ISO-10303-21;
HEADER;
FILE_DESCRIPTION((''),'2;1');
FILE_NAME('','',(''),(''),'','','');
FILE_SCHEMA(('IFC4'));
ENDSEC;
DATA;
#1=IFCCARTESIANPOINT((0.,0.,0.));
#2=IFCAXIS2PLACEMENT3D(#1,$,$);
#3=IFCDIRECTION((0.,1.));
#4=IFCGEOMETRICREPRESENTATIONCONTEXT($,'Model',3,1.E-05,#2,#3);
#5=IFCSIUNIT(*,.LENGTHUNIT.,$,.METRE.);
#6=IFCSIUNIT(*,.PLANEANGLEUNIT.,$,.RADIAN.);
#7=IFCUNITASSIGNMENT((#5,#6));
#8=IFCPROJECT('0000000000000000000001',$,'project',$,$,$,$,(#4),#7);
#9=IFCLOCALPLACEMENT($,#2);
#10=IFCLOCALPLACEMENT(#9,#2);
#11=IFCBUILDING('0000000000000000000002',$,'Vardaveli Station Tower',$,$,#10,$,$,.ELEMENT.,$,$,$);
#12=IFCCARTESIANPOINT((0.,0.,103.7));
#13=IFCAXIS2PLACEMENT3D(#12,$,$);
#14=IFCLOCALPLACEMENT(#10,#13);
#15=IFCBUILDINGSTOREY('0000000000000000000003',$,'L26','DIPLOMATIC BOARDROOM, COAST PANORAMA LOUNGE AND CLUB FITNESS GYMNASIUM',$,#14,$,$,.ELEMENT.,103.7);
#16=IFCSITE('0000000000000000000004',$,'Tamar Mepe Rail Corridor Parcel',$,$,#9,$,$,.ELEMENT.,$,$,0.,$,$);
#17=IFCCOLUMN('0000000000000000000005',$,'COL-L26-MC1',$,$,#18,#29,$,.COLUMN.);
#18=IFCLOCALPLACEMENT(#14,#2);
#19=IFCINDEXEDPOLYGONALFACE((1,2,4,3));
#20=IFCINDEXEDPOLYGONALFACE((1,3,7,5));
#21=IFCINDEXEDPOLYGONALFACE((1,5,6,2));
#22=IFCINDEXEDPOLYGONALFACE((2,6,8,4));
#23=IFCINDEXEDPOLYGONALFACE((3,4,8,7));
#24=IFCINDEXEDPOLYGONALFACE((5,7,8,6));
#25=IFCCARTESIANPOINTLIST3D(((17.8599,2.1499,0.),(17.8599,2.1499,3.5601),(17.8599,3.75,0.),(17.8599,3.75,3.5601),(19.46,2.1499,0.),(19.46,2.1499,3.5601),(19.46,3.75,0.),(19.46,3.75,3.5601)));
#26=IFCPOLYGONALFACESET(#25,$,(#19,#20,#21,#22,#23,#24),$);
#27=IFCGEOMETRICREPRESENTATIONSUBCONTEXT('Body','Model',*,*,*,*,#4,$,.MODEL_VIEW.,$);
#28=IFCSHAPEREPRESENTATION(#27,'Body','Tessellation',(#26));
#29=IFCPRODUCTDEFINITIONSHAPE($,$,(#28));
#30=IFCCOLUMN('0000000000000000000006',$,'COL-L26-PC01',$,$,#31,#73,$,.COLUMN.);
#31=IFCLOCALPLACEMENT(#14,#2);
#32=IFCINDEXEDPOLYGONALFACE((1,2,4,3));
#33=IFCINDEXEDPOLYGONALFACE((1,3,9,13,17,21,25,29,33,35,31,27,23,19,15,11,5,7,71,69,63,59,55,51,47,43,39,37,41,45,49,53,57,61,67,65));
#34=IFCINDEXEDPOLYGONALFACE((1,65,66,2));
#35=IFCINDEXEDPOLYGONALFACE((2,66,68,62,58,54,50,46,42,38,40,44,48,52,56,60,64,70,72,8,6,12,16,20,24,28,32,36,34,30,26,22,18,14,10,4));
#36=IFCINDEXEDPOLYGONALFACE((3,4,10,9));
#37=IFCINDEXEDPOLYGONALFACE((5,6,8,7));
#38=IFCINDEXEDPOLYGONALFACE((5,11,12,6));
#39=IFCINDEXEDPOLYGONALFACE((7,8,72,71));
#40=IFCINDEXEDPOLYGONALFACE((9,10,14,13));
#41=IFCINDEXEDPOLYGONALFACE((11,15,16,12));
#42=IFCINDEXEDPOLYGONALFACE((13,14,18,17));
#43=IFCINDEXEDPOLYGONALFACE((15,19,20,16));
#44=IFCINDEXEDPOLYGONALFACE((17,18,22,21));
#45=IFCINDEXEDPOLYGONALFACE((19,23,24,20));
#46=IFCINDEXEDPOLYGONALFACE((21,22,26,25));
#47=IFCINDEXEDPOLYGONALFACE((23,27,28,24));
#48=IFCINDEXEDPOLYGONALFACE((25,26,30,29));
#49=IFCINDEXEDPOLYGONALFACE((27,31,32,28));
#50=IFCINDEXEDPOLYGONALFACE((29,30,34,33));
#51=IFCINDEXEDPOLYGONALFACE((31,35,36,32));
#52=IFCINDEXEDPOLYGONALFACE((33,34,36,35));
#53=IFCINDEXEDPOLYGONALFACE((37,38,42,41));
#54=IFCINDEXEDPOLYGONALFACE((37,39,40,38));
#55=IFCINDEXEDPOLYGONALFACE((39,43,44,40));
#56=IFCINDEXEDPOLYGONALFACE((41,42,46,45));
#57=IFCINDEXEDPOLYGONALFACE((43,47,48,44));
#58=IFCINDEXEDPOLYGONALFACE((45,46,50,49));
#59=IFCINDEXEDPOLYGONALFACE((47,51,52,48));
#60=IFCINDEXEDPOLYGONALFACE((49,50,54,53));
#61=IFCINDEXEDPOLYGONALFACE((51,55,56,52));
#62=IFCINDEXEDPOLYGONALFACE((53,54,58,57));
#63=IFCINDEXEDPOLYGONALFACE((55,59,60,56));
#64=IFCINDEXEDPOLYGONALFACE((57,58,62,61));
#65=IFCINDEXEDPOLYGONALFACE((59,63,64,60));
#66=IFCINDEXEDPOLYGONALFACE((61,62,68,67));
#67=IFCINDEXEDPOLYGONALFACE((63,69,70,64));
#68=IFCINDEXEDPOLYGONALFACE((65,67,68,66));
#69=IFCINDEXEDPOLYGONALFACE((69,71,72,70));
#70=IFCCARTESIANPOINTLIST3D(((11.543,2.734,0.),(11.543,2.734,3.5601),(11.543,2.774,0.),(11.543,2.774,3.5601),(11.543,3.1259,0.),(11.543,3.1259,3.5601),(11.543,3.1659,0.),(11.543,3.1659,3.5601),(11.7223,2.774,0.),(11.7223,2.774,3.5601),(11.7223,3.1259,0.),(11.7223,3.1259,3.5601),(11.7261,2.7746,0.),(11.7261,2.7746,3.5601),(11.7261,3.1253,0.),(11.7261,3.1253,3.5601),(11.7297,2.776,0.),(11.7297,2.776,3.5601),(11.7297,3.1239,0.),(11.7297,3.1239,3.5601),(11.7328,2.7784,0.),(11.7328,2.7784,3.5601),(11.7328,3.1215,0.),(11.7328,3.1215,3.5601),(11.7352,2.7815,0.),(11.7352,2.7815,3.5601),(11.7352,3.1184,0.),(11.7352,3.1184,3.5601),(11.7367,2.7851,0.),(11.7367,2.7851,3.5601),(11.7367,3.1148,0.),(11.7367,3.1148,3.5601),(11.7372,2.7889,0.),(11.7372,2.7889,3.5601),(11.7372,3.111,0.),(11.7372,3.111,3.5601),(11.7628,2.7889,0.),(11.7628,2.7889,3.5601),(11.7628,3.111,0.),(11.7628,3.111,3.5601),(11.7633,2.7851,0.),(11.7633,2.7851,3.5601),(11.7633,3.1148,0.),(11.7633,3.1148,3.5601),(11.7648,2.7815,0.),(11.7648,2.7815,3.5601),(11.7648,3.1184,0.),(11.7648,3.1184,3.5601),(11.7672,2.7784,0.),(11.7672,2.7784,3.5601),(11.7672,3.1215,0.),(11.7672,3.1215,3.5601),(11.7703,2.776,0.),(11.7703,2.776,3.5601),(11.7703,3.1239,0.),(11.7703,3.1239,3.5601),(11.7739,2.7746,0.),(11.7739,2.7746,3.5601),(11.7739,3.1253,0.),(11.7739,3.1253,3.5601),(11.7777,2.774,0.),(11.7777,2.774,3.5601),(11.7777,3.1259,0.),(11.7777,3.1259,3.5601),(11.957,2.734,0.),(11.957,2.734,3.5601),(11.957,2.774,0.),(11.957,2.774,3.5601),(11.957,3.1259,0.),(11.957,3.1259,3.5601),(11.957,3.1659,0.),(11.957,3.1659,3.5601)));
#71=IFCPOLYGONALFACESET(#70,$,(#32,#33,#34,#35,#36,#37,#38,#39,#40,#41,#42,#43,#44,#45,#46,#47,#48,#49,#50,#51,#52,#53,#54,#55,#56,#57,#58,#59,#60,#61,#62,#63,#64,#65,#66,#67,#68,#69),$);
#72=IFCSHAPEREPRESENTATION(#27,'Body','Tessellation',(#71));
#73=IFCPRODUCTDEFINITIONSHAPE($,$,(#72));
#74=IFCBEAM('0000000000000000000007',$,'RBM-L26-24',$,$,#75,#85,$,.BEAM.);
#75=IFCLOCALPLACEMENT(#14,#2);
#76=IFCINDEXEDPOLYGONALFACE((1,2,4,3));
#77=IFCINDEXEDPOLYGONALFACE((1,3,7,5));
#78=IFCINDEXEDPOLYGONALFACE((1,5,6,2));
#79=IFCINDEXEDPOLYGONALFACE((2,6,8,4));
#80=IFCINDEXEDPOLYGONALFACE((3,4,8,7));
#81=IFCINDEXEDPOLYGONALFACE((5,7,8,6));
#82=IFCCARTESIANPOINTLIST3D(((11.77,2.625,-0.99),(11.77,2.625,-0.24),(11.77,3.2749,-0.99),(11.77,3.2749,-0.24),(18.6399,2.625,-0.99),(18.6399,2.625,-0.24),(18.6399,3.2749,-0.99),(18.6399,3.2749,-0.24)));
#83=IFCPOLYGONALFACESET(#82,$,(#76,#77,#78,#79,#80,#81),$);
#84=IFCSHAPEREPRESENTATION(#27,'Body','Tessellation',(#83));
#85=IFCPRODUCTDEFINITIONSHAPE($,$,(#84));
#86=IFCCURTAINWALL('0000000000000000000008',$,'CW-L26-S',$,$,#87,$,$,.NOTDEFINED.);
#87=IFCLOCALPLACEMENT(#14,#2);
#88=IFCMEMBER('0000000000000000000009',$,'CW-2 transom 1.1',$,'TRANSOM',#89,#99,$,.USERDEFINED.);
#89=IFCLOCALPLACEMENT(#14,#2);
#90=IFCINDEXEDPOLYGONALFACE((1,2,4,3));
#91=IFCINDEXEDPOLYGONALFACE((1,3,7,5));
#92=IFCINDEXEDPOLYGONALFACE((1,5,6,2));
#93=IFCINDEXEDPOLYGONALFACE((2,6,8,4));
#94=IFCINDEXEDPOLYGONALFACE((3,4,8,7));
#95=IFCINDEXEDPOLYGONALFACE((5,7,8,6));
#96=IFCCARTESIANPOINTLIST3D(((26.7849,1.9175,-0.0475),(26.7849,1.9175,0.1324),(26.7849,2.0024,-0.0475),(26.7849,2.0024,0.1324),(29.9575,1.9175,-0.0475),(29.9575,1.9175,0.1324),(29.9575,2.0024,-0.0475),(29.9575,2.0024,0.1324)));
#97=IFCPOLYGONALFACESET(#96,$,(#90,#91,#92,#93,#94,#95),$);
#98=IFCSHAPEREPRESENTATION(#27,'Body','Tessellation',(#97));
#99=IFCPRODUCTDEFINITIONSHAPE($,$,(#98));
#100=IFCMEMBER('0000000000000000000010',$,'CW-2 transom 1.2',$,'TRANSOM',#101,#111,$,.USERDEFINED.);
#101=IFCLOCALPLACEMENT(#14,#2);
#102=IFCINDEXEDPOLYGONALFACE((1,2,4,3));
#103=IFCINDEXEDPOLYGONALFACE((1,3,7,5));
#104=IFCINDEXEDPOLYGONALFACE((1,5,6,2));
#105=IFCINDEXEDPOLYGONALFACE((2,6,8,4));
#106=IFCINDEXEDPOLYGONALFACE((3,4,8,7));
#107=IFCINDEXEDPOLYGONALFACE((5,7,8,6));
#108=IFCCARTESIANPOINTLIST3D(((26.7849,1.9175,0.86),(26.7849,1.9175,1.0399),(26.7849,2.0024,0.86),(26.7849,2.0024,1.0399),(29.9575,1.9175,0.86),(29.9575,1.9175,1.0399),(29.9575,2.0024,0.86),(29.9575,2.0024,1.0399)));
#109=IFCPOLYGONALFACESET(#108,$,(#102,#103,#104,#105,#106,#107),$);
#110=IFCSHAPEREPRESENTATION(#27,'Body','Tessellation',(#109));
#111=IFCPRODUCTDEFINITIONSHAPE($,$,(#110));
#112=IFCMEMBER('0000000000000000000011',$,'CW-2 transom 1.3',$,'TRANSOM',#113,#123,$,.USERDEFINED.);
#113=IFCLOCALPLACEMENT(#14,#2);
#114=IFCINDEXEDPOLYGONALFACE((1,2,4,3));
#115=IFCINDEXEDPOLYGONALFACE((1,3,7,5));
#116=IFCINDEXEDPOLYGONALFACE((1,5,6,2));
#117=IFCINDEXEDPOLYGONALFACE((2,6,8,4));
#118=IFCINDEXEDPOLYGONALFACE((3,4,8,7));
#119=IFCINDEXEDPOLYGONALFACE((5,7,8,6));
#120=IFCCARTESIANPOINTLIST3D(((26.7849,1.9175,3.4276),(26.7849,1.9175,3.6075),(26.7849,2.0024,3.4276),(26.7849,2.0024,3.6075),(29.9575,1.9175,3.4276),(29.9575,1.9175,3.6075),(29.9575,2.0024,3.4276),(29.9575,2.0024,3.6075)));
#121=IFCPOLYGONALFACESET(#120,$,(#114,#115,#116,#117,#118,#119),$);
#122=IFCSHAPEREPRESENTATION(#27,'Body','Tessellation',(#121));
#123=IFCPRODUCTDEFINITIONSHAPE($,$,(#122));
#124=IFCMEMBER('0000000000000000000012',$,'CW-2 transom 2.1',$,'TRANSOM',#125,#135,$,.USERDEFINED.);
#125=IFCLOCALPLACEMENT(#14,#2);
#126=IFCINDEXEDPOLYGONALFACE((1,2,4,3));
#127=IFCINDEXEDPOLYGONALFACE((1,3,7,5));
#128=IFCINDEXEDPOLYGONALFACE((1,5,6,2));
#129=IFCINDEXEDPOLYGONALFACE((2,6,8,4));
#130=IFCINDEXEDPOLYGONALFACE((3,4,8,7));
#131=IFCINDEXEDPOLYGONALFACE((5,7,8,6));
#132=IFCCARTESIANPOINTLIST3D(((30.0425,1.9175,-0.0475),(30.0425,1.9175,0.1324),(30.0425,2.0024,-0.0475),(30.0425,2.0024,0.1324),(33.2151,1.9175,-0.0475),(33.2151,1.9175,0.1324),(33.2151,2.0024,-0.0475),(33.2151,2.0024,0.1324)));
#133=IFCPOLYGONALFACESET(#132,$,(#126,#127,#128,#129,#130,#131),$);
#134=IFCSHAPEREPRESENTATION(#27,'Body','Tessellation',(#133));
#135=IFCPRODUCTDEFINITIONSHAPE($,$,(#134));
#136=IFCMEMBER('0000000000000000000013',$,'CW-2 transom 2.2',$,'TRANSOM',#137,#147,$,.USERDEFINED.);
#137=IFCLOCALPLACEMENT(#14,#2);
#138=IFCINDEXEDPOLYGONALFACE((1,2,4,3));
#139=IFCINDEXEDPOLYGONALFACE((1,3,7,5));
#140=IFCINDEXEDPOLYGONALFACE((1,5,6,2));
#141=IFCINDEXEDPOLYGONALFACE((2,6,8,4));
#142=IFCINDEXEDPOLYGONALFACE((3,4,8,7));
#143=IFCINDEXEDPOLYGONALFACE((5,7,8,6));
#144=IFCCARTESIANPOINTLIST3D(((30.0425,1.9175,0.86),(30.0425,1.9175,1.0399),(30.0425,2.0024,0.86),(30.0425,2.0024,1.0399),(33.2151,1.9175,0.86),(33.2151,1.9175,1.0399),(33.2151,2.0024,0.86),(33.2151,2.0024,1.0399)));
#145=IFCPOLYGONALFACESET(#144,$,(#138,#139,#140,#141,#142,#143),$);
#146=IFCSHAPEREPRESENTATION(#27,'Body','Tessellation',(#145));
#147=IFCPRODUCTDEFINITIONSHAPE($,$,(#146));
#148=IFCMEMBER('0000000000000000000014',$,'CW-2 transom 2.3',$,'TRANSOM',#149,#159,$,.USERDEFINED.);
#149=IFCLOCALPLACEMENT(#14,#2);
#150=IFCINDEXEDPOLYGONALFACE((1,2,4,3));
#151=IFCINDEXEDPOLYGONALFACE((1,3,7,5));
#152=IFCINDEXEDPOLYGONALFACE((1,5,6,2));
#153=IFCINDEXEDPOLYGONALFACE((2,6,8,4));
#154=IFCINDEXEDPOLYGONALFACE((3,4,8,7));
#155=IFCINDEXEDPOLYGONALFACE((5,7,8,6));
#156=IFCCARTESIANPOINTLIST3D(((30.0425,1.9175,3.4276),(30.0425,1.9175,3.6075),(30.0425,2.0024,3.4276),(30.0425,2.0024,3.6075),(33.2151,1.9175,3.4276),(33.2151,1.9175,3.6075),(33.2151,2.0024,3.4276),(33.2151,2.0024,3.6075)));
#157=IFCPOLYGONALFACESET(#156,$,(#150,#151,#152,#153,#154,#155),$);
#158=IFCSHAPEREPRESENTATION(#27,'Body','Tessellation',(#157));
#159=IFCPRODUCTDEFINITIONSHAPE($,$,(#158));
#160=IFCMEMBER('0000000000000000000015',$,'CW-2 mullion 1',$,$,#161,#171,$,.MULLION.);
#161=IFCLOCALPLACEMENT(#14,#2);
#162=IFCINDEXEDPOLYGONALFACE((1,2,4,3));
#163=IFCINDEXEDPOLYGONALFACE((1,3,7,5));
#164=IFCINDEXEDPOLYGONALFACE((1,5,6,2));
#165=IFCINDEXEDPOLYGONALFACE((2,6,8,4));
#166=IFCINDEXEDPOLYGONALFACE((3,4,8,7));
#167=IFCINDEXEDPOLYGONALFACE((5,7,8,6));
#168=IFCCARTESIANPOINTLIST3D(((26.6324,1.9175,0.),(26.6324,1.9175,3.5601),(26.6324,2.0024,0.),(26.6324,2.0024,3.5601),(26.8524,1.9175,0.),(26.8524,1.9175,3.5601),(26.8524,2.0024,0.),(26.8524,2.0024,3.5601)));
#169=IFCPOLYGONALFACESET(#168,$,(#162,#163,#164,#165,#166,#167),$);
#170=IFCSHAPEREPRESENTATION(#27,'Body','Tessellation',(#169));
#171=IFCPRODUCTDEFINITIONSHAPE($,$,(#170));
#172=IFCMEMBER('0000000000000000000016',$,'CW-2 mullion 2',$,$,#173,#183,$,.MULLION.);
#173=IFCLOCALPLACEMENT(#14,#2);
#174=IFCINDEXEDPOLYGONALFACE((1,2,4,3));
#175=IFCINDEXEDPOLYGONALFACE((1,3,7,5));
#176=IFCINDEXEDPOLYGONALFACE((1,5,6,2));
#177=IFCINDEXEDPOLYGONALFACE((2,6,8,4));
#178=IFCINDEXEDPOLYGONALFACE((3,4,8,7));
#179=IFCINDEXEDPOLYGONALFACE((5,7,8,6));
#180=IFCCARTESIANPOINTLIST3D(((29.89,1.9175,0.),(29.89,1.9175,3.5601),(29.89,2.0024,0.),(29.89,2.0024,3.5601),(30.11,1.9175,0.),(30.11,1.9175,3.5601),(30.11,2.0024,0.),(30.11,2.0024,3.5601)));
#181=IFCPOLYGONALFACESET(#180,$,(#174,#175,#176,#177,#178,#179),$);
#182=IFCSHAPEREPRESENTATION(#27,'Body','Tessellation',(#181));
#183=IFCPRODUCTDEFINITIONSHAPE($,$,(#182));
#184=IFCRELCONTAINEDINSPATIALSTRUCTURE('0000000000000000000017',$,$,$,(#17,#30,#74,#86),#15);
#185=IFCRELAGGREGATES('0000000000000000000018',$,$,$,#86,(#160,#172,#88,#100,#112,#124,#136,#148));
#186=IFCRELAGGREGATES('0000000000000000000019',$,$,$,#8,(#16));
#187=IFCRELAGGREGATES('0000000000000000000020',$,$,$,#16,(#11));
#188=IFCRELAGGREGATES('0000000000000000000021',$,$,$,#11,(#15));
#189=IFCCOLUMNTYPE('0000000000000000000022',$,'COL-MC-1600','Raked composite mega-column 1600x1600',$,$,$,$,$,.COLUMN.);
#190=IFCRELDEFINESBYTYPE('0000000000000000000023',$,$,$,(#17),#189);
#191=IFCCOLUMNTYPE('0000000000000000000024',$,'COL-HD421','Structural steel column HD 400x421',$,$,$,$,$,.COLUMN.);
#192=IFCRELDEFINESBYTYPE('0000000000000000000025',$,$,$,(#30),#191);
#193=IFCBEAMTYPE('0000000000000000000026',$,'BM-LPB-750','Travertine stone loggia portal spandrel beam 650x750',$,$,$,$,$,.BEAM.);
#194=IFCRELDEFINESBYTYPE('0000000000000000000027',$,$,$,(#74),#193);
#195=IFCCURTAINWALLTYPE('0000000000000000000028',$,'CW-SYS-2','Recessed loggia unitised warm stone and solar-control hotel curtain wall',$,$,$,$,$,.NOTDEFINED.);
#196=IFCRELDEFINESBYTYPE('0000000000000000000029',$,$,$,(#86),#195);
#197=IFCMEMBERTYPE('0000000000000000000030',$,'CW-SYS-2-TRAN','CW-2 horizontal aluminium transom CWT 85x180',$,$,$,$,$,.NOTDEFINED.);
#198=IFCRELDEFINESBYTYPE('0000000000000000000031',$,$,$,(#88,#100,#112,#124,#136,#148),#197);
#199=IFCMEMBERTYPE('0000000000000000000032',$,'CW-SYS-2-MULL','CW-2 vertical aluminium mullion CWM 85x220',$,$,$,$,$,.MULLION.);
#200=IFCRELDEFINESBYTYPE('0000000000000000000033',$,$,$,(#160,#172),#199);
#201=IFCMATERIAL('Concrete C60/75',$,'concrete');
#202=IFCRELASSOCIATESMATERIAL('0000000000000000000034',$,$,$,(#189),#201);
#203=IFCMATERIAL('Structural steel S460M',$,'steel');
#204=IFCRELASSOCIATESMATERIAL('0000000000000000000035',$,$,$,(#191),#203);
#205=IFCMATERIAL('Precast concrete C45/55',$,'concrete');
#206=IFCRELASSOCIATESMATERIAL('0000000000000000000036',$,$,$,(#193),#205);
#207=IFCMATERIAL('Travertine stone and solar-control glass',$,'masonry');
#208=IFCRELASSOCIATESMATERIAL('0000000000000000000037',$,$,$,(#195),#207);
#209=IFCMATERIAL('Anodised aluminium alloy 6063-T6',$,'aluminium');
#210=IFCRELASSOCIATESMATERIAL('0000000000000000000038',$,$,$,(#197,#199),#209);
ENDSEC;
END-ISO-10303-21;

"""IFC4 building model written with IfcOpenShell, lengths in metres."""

from ifc_helpers import new_model, si_unit, direction, frame, origin, origin_2d, place, context, subcontext, project, spatial, rectangle, i_section, extrude, source, transform, mapped, material, material_profile, profile_set, type_object, element, aggregate, save


model = new_model("IFC4")

# Units and contexts
model_context = context("Model", 3, precision=1e-05, world=origin(), true_north=direction((0.0, 1.0)))
body_context = subcontext(model_context, "Body", "Model", "MODEL_VIEW")
ifc_project = project(units=[si_unit("LENGTHUNIT", "METRE"), si_unit("PLANEANGLEUNIT", "RADIAN")], contexts=[model_context])

# Site, building, storey
site_placement = place(None, origin())
site = spatial("IfcSite", under=ifc_project, at=site_placement, Name="Tamar Mepe Rail Corridor Parcel", CompositionType="ELEMENT", RefElevation=0.0)
building_placement = place(site_placement, origin())
building = spatial("IfcBuilding", under=site, at=building_placement, Name="Vardaveli Station Tower", CompositionType="ELEMENT")
storey_placement = place(building_placement, frame((0.0, 0.0, 103.7)))
storey = spatial("IfcBuildingStorey", under=building, at=storey_placement, Name="L26", Description="DIPLOMATIC BOARDROOM, COAST PANORAMA LOUNGE AND CLUB FITNESS GYMNASIUM", CompositionType="ELEMENT", Elevation=103.7)

# Columns
ifc_material_1 = material(Name="Concrete C60/75", Category="concrete")
ifc_material_profile_1 = material_profile(ifc_material_1, rectangle(XDim=1.6001, YDim=1.6001, at=origin_2d()), Name="MC 1600x1600")
ifc_profile_set_1 = profile_set([ifc_material_profile_1], Name="Concrete C60/75")
column_type_1 = type_object("IfcColumnType", Name="COL-MC-1600", Description="Raked composite mega-column 1600x1600", PredefinedType="COLUMN", material=ifc_profile_set_1)
shared_shape_1 = source(origin(), body_context, "Body", "SweptSolid", [
    extrude(rectangle(XDim=1.6001, YDim=1.6001, at=origin_2d()), origin(), (0.0, 0.0, 1.0), 3.5601),
])
column_1_placement = place(storey_placement, frame((18.6599, 2.95, 0.0), z_axis=(0.0, 0.0, 1.0), x_axis=(1.0, 0.0, 0.0)))
element("IfcColumn", 1, at=column_1_placement, inside=storey, type_object=column_type_1, Name="COL-L26-MC1", PredefinedType="COLUMN", context=body_context, shape_type="MappedRepresentation", body=[
    mapped(shared_shape_1, transform((0.0, 0.0, 0.0), scale=1.0)),
])
ifc_material_2 = material(Name="Structural steel S460M", Category="steel")
ifc_material_profile_2 = material_profile(ifc_material_2, i_section(OverallWidth=0.4141, OverallDepth=0.4319, WebThickness=0.0256, FlangeThickness=0.04, FilletRadius=0.0149, at=origin_2d()), Name="HD 400x421")
ifc_profile_set_2 = profile_set([ifc_material_profile_2], Name="Structural steel S460M")
column_type_2 = type_object("IfcColumnType", Name="COL-HD421", Description="Structural steel column HD 400x421", PredefinedType="COLUMN", material=ifc_profile_set_2)
shared_shape_2 = source(origin(), body_context, "Body", "SweptSolid", [
    extrude(i_section(OverallWidth=0.4141, OverallDepth=0.4319, WebThickness=0.0256, FlangeThickness=0.04, FilletRadius=0.0149, at=origin_2d()), origin(), (0.0, 0.0, 1.0), 3.5601),
])
column_2_placement = place(storey_placement, frame((11.75, 2.95, 0.0), z_axis=(0.0, 0.0, 1.0), x_axis=(1.0, 0.0, 0.0)))
element("IfcColumn", 2, at=column_2_placement, inside=storey, type_object=column_type_2, Name="COL-L26-PC01", PredefinedType="COLUMN", context=body_context, shape_type="MappedRepresentation", body=[
    mapped(shared_shape_2, transform((0.0, 0.0, 0.0), scale=1.0)),
])

# Beam
ifc_material_3 = material(Name="Precast concrete C45/55", Category="concrete")
ifc_material_profile_3 = material_profile(ifc_material_3, rectangle(XDim=0.6499, YDim=0.75, at=origin_2d()), Name="LPB 650x750")
ifc_profile_set_3 = profile_set([ifc_material_profile_3], Name="Precast concrete C45/55")
beam_type = type_object("IfcBeamType", Name="BM-LPB-750", Description="Travertine stone loggia portal spandrel beam 650x750", PredefinedType="BEAM", material=ifc_profile_set_3)
shared_shape_3 = source(origin(), body_context, "Body", "SweptSolid", [
    extrude(rectangle(XDim=0.6499, YDim=0.75, at=origin_2d()), origin(), (0.0, 0.0, 1.0), 6.8699),
])
beam_placement = place(storey_placement, frame((11.77, 2.95, -0.615), z_axis=(1.0, 0.0, 0.0), x_axis=(0.0, 1.0, 0.0)))
element("IfcBeam", 3, at=beam_placement, inside=storey, type_object=beam_type, Name="RBM-L26-24", PredefinedType="BEAM", context=body_context, shape_type="MappedRepresentation", body=[
    mapped(shared_shape_3, transform((0.0, 0.0, 0.0), scale=1.0)),
])

# Curtain wall, members
ifc_material_4 = material(Name="Travertine stone and solar-control glass", Category="masonry")
curtain_wall_type = type_object("IfcCurtainWallType", Name="CW-SYS-2", Description="Recessed loggia unitised warm stone and solar-control hotel curtain wall", PredefinedType="NOTDEFINED", material=ifc_material_4)
curtain_wall_placement = place(storey_placement, origin())
curtain_wall = element("IfcCurtainWall", 4, at=curtain_wall_placement, inside=storey, type_object=curtain_wall_type, Name="CW-L26-S", PredefinedType="NOTDEFINED")
ifc_material_5 = material(Name="Anodised aluminium alloy 6063-T6", Category="aluminium")
ifc_material_profile_4 = material_profile(ifc_material_5, rectangle(XDim=0.085, YDim=0.1799, at=origin_2d()), Name="CWT 85x180")
ifc_profile_set_4 = profile_set([ifc_material_profile_4], Name="Anodised aluminium alloy 6063-T6")
member_type_1 = type_object("IfcMemberType", Name="CW-SYS-2-TRAN", Description="CW-2 horizontal aluminium transom CWT 85x180", PredefinedType="NOTDEFINED", material=ifc_profile_set_4)
shared_shape_4 = source(origin(), body_context, "Body", "SweptSolid", [
    extrude(rectangle(XDim=0.085, YDim=0.1799, at=origin_2d()), origin(), (0.0, 0.0, 1.0), 3.1726),
])
member_1_placement = place(storey_placement, frame((26.7849, 1.96, 0.0425), z_axis=(1.0, 0.0, 0.0), x_axis=(0.0, 1.0, 0.0)))
member_1 = element("IfcMember", 5, at=member_1_placement, type_object=member_type_1, Name="CW-2 transom 1.1", ObjectType="TRANSOM", PredefinedType="USERDEFINED", context=body_context, shape_type="MappedRepresentation", body=[
    mapped(shared_shape_4, transform((0.0, 0.0, 0.0), scale=1.0)),
])
member_2_placement = place(storey_placement, frame((26.7849, 1.96, 0.95), z_axis=(1.0, 0.0, 0.0), x_axis=(0.0, 1.0, 0.0)))
member_2 = element("IfcMember", 6, at=member_2_placement, type_object=member_type_1, Name="CW-2 transom 1.2", ObjectType="TRANSOM", PredefinedType="USERDEFINED", context=body_context, shape_type="MappedRepresentation", body=[
    mapped(shared_shape_4, transform((0.0, 0.0, 0.0), scale=1.0)),
])
member_3_placement = place(storey_placement, frame((26.7849, 1.96, 3.5176), z_axis=(1.0, 0.0, 0.0), x_axis=(0.0, 1.0, 0.0)))
member_3 = element("IfcMember", 7, at=member_3_placement, type_object=member_type_1, Name="CW-2 transom 1.3", ObjectType="TRANSOM", PredefinedType="USERDEFINED", context=body_context, shape_type="MappedRepresentation", body=[
    mapped(shared_shape_4, transform((0.0, 0.0, 0.0), scale=1.0)),
])
member_4_placement = place(storey_placement, frame((30.0425, 1.96, 0.0425), z_axis=(1.0, 0.0, 0.0), x_axis=(0.0, 1.0, 0.0)))
member_4 = element("IfcMember", 8, at=member_4_placement, type_object=member_type_1, Name="CW-2 transom 2.1", ObjectType="TRANSOM", PredefinedType="USERDEFINED", context=body_context, shape_type="MappedRepresentation", body=[
    mapped(shared_shape_4, transform((0.0, 0.0, 0.0), scale=1.0)),
])
member_5_placement = place(storey_placement, frame((30.0425, 1.96, 0.95), z_axis=(1.0, 0.0, 0.0), x_axis=(0.0, 1.0, 0.0)))
member_5 = element("IfcMember", 9, at=member_5_placement, type_object=member_type_1, Name="CW-2 transom 2.2", ObjectType="TRANSOM", PredefinedType="USERDEFINED", context=body_context, shape_type="MappedRepresentation", body=[
    mapped(shared_shape_4, transform((0.0, 0.0, 0.0), scale=1.0)),
])
member_6_placement = place(storey_placement, frame((30.0425, 1.96, 3.5176), z_axis=(1.0, 0.0, 0.0), x_axis=(0.0, 1.0, 0.0)))
member_6 = element("IfcMember", 10, at=member_6_placement, type_object=member_type_1, Name="CW-2 transom 2.3", ObjectType="TRANSOM", PredefinedType="USERDEFINED", context=body_context, shape_type="MappedRepresentation", body=[
    mapped(shared_shape_4, transform((0.0, 0.0, 0.0), scale=1.0)),
])
ifc_material_profile_5 = material_profile(ifc_material_5, rectangle(XDim=0.085, YDim=0.22, at=origin_2d()), Name="CWM 85x220")
ifc_profile_set_5 = profile_set([ifc_material_profile_5], Name="Anodised aluminium alloy 6063-T6")
member_type_2 = type_object("IfcMemberType", Name="CW-SYS-2-MULL", Description="CW-2 vertical aluminium mullion CWM 85x220", PredefinedType="MULLION", material=ifc_profile_set_5)
shared_shape_5 = source(origin(), body_context, "Body", "SweptSolid", [
    extrude(rectangle(XDim=0.085, YDim=0.22, at=origin_2d()), origin(), (0.0, 0.0, 1.0), 3.5601),
])
member_7_placement = place(storey_placement, frame((26.7424, 1.96, 0.0), z_axis=(0.0, 0.0, 1.0), x_axis=(0.0, 1.0, 0.0)))
member_7 = element("IfcMember", 11, at=member_7_placement, type_object=member_type_2, Name="CW-2 mullion 1", PredefinedType="MULLION", context=body_context, shape_type="MappedRepresentation", body=[
    mapped(shared_shape_5, transform((0.0, 0.0, 0.0), scale=1.0)),
])
member_8_placement = place(storey_placement, frame((30.0, 1.96, 0.0), z_axis=(0.0, 0.0, 1.0), x_axis=(0.0, 1.0, 0.0)))
member_8 = element("IfcMember", 12, at=member_8_placement, type_object=member_type_2, Name="CW-2 mullion 2", PredefinedType="MULLION", context=body_context, shape_type="MappedRepresentation", body=[
    mapped(shared_shape_5, transform((0.0, 0.0, 0.0), scale=1.0)),
])

aggregate(curtain_wall, [member_7, member_8, member_1, member_2, member_3, member_4, member_5, member_6])

save(model, "model.ifc")
